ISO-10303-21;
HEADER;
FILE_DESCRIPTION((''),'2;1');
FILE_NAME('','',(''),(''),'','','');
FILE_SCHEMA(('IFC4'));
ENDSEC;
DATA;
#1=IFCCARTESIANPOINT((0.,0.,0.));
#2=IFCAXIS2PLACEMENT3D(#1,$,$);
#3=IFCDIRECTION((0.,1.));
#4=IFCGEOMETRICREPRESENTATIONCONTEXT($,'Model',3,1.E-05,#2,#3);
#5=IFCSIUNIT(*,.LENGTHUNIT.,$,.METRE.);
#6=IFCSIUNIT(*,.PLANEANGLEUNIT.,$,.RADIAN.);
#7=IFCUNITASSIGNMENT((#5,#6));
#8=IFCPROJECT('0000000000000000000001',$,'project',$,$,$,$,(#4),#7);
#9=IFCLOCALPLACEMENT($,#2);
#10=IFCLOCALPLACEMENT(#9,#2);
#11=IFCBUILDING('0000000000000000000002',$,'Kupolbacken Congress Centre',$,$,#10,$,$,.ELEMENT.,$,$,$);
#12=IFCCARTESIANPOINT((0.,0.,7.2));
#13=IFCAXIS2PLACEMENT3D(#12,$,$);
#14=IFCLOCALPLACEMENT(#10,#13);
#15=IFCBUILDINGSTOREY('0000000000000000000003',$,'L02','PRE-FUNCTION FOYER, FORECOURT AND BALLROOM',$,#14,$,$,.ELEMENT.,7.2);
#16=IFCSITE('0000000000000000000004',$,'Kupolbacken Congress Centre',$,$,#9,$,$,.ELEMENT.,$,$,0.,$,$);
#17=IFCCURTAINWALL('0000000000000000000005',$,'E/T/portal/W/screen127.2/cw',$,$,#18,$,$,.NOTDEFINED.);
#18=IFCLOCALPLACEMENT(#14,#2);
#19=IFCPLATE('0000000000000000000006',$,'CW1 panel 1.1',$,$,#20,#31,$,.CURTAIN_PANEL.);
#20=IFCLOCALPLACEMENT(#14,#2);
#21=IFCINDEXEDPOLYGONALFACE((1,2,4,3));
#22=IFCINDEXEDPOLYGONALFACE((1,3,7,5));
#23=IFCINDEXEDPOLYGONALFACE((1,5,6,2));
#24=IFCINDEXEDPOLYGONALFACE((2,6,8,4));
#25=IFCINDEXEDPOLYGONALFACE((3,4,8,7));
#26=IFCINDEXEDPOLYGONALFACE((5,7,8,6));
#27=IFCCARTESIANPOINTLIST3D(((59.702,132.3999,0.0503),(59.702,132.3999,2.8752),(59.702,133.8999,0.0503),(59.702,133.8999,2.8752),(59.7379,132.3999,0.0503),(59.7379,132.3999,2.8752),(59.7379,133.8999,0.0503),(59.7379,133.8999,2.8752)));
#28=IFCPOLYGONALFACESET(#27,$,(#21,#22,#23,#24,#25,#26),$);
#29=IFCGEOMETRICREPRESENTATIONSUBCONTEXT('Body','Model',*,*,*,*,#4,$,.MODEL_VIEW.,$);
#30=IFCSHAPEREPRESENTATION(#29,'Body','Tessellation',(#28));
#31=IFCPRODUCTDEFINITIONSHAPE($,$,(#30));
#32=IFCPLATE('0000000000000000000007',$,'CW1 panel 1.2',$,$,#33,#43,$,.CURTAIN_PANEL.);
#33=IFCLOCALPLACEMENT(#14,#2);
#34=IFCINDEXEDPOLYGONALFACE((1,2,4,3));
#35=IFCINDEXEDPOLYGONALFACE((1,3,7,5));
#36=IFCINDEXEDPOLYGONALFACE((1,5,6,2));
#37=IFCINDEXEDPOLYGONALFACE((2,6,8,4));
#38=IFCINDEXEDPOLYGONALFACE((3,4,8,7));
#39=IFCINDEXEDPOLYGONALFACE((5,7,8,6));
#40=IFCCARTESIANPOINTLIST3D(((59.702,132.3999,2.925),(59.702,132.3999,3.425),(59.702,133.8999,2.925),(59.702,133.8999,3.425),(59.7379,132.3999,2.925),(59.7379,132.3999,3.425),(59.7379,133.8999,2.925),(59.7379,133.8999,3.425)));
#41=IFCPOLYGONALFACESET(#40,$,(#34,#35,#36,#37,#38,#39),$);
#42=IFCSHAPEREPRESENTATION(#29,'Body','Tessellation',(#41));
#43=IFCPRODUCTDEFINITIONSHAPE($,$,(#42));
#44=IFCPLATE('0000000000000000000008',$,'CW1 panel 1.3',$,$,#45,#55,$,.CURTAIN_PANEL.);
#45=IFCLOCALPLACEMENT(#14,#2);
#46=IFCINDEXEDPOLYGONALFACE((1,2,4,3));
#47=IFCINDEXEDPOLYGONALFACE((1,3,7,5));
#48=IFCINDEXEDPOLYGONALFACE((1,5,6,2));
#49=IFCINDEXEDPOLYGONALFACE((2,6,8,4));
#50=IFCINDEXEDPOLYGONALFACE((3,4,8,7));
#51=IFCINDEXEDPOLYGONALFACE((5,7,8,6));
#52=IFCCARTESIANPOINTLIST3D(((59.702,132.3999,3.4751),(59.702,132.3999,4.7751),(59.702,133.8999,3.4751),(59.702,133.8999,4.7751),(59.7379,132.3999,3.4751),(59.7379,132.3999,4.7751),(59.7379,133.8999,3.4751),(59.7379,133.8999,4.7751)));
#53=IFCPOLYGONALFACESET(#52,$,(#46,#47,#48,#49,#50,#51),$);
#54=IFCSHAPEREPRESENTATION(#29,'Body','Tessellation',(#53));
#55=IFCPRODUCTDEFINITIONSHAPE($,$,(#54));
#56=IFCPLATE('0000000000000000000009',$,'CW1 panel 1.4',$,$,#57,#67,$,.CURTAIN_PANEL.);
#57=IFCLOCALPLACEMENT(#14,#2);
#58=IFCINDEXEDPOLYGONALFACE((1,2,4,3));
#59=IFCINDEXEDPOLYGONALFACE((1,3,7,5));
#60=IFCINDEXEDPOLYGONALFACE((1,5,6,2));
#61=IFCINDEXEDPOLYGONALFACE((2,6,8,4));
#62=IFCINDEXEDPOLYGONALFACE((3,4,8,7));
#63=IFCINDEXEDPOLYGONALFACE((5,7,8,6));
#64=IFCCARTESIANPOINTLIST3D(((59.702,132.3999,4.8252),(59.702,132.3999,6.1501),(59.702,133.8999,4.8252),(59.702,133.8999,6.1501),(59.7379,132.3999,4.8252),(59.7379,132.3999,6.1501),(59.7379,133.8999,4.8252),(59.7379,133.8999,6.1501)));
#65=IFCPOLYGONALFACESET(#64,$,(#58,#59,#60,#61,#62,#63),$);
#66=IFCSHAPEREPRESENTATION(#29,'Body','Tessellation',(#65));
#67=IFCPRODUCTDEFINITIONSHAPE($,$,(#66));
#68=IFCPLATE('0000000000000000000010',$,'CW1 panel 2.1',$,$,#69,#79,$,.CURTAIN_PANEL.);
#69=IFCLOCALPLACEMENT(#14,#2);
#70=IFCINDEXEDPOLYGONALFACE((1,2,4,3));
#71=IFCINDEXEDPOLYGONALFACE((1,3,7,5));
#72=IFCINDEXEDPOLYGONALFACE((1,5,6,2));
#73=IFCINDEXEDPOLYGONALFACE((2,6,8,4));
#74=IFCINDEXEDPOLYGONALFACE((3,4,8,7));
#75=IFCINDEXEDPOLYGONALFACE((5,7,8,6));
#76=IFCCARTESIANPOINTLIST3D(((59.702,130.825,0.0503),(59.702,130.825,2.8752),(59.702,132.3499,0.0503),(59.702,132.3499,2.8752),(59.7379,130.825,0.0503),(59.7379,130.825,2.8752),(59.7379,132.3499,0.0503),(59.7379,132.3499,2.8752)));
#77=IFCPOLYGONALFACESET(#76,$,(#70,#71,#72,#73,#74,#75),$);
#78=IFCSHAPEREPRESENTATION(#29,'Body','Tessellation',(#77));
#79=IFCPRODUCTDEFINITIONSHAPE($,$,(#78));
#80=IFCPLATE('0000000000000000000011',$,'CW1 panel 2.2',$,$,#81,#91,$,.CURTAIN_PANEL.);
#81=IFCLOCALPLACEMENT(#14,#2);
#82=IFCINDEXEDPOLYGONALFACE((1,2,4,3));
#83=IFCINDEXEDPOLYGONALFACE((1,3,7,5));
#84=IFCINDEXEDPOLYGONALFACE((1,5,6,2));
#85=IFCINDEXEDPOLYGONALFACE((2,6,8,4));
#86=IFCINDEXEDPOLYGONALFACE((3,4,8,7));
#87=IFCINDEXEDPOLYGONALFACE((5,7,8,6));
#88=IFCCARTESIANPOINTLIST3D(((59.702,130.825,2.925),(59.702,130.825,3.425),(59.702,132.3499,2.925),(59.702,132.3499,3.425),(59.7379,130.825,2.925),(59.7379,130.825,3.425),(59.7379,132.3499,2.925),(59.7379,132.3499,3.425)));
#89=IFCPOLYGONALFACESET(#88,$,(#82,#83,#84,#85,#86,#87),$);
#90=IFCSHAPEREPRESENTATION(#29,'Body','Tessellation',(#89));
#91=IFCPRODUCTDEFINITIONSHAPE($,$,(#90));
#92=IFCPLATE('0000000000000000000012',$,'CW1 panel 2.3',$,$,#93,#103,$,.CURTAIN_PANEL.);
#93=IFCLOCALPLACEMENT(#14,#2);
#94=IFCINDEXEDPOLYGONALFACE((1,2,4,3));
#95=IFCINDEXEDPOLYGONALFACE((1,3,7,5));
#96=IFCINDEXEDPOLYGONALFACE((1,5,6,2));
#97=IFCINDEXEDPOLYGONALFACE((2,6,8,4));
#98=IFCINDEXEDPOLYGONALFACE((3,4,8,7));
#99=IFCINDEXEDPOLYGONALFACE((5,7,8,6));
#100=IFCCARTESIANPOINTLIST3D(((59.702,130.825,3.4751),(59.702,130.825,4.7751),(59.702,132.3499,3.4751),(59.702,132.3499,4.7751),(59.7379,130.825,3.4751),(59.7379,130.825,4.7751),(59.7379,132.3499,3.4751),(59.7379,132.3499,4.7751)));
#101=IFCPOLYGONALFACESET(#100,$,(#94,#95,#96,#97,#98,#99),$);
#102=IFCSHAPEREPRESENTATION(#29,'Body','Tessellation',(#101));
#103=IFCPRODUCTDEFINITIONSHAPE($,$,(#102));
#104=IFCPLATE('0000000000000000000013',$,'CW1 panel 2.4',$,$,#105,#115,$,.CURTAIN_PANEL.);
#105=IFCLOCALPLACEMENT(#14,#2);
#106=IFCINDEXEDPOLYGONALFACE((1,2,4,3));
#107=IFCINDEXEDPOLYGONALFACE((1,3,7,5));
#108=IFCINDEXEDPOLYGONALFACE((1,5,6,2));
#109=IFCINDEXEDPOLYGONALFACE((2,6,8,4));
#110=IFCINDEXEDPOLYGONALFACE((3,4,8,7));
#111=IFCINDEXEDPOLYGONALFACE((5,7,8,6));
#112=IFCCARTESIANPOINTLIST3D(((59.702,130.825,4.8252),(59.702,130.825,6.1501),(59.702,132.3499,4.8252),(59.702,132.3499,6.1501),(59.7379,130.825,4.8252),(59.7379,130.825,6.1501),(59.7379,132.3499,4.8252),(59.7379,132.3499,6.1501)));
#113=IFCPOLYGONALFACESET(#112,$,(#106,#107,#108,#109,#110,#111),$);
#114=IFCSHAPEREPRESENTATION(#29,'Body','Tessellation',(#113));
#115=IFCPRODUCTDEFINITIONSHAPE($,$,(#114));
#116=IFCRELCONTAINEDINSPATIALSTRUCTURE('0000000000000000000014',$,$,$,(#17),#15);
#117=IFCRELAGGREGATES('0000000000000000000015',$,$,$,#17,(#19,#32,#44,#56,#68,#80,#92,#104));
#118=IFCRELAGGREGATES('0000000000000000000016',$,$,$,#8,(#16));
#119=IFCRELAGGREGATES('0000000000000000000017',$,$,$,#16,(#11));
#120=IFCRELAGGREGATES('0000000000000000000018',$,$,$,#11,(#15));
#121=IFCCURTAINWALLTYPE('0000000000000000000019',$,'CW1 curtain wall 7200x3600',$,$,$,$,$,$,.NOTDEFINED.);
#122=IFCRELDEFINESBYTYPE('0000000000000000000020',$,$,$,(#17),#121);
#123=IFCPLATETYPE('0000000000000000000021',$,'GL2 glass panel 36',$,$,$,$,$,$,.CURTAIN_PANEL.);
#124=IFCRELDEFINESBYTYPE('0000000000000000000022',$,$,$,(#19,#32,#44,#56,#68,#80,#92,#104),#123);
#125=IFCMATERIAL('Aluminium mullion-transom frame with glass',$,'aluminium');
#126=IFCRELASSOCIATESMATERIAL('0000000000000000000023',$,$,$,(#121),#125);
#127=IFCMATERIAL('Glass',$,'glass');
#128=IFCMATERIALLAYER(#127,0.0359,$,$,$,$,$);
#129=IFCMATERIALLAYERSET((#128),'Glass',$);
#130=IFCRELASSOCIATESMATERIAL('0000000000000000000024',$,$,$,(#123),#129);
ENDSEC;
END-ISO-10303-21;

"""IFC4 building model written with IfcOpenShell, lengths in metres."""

from ifc_helpers import new_model, si_unit, direction, frame, origin, origin_2d, place, context, subcontext, project, spatial, rectangle, extrude, material, layer, layer_set, type_object, element, aggregate, save


model = new_model("IFC4")

# Units and contexts
model_context = context("Model", 3, precision=1e-05, world=origin(), true_north=direction((0.0, 1.0)))
body_context = subcontext(model_context, "Body", "Model", "MODEL_VIEW")
ifc_project = project(units=[si_unit("LENGTHUNIT", "METRE"), si_unit("PLANEANGLEUNIT", "RADIAN")], contexts=[model_context])

# Site, building, storey
site_placement = place(None, origin())
site = spatial("IfcSite", under=ifc_project, at=site_placement, Name="Kupolbacken Congress Centre", CompositionType="ELEMENT", RefElevation=0.0)
building_placement = place(site_placement, origin())
building = spatial("IfcBuilding", under=site, at=building_placement, Name="Kupolbacken Congress Centre", CompositionType="ELEMENT")
storey_placement = place(building_placement, frame((0.0, 0.0, 7.2)))
storey = spatial("IfcBuildingStorey", under=building, at=storey_placement, Name="L02", Description="PRE-FUNCTION FOYER, FORECOURT AND BALLROOM", CompositionType="ELEMENT", Elevation=7.2)

# Curtain wall, plates
ifc_material_1 = material(Name="Aluminium mullion-transom frame with glass", Category="aluminium")
curtain_wall_type = type_object("IfcCurtainWallType", Name="CW1 curtain wall 7200x3600", PredefinedType="NOTDEFINED", material=ifc_material_1)
curtain_wall_placement = place(storey_placement, origin())
curtain_wall = element("IfcCurtainWall", 1, at=curtain_wall_placement, inside=storey, type_object=curtain_wall_type, Name="E/T/portal/W/screen127.2/cw", PredefinedType="NOTDEFINED")
ifc_material_2 = material(Name="Glass", Category="glass")
ifc_layer = layer(ifc_material_2, 0.0359)
ifc_layer_set = layer_set([ifc_layer], Name="Glass")
plate_type = type_object("IfcPlateType", Name="GL2 glass panel 36", PredefinedType="CURTAIN_PANEL", material=ifc_layer_set)
plate_1_placement = place(storey_placement, frame((59.72, 133.1499, 0.0503), z_axis=(0.0, 0.0, 1.0), x_axis=(0.0, -1.0, 0.0)))
plate_1 = element("IfcPlate", 2, at=plate_1_placement, type_object=plate_type, Name="CW1 panel 1.1", PredefinedType="CURTAIN_PANEL", context=body_context, shape_type="SweptSolid", body=[
    extrude(rectangle(XDim=1.5, YDim=0.0359, at=origin_2d()), origin(), (0.0, 0.0, 1.0), 2.825),
])
plate_2_placement = place(storey_placement, frame((59.72, 133.1499, 2.925), z_axis=(0.0, 0.0, 1.0), x_axis=(0.0, -1.0, 0.0)))
plate_2 = element("IfcPlate", 3, at=plate_2_placement, type_object=plate_type, Name="CW1 panel 1.2", PredefinedType="CURTAIN_PANEL", context=body_context, shape_type="SweptSolid", body=[
    extrude(rectangle(XDim=1.5, YDim=0.0359, at=origin_2d()), origin(), (0.0, 0.0, 1.0), 0.5),
])
plate_3_placement = place(storey_placement, frame((59.72, 133.1499, 3.4751), z_axis=(0.0, 0.0, 1.0), x_axis=(0.0, -1.0, 0.0)))
plate_3 = element("IfcPlate", 4, at=plate_3_placement, type_object=plate_type, Name="CW1 panel 1.3", PredefinedType="CURTAIN_PANEL", context=body_context, shape_type="SweptSolid", body=[
    extrude(rectangle(XDim=1.5, YDim=0.0359, at=origin_2d()), origin(), (0.0, 0.0, 1.0), 1.3),
])
plate_4_placement = place(storey_placement, frame((59.72, 133.1499, 4.8252), z_axis=(0.0, 0.0, 1.0), x_axis=(0.0, -1.0, 0.0)))
plate_4 = element("IfcPlate", 5, at=plate_4_placement, type_object=plate_type, Name="CW1 panel 1.4", PredefinedType="CURTAIN_PANEL", context=body_context, shape_type="SweptSolid", body=[
    extrude(rectangle(XDim=1.5, YDim=0.0359, at=origin_2d()), origin(), (0.0, 0.0, 1.0), 1.325),
])
plate_5_placement = place(storey_placement, frame((59.72, 131.5874, 0.0503), z_axis=(0.0, 0.0, 1.0), x_axis=(0.0, -1.0, 0.0)))
plate_5 = element("IfcPlate", 6, at=plate_5_placement, type_object=plate_type, Name="CW1 panel 2.1", PredefinedType="CURTAIN_PANEL", context=body_context, shape_type="SweptSolid", body=[
    extrude(rectangle(XDim=1.5249, YDim=0.0359, at=origin_2d()), origin(), (0.0, 0.0, 1.0), 2.825),
])
plate_6_placement = place(storey_placement, frame((59.72, 131.5874, 2.925), z_axis=(0.0, 0.0, 1.0), x_axis=(0.0, -1.0, 0.0)))
plate_6 = element("IfcPlate", 7, at=plate_6_placement, type_object=plate_type, Name="CW1 panel 2.2", PredefinedType="CURTAIN_PANEL", context=body_context, shape_type="SweptSolid", body=[
    extrude(rectangle(XDim=1.5249, YDim=0.0359, at=origin_2d()), origin(), (0.0, 0.0, 1.0), 0.5),
])
plate_7_placement = place(storey_placement, frame((59.72, 131.5874, 3.4751), z_axis=(0.0, 0.0, 1.0), x_axis=(0.0, -1.0, 0.0)))
plate_7 = element("IfcPlate", 8, at=plate_7_placement, type_object=plate_type, Name="CW1 panel 2.3", PredefinedType="CURTAIN_PANEL", context=body_context, shape_type="SweptSolid", body=[
    extrude(rectangle(XDim=1.5249, YDim=0.0359, at=origin_2d()), origin(), (0.0, 0.0, 1.0), 1.3),
])
plate_8_placement = place(storey_placement, frame((59.72, 131.5874, 4.8252), z_axis=(0.0, 0.0, 1.0), x_axis=(0.0, -1.0, 0.0)))
plate_8 = element("IfcPlate", 9, at=plate_8_placement, type_object=plate_type, Name="CW1 panel 2.4", PredefinedType="CURTAIN_PANEL", context=body_context, shape_type="SweptSolid", body=[
    extrude(rectangle(XDim=1.5249, YDim=0.0359, at=origin_2d()), origin(), (0.0, 0.0, 1.0), 1.325),
])
aggregate(curtain_wall, [plate_1, plate_2, plate_3, plate_4, plate_5, plate_6, plate_7, plate_8])

save(model, "model.ifc")
